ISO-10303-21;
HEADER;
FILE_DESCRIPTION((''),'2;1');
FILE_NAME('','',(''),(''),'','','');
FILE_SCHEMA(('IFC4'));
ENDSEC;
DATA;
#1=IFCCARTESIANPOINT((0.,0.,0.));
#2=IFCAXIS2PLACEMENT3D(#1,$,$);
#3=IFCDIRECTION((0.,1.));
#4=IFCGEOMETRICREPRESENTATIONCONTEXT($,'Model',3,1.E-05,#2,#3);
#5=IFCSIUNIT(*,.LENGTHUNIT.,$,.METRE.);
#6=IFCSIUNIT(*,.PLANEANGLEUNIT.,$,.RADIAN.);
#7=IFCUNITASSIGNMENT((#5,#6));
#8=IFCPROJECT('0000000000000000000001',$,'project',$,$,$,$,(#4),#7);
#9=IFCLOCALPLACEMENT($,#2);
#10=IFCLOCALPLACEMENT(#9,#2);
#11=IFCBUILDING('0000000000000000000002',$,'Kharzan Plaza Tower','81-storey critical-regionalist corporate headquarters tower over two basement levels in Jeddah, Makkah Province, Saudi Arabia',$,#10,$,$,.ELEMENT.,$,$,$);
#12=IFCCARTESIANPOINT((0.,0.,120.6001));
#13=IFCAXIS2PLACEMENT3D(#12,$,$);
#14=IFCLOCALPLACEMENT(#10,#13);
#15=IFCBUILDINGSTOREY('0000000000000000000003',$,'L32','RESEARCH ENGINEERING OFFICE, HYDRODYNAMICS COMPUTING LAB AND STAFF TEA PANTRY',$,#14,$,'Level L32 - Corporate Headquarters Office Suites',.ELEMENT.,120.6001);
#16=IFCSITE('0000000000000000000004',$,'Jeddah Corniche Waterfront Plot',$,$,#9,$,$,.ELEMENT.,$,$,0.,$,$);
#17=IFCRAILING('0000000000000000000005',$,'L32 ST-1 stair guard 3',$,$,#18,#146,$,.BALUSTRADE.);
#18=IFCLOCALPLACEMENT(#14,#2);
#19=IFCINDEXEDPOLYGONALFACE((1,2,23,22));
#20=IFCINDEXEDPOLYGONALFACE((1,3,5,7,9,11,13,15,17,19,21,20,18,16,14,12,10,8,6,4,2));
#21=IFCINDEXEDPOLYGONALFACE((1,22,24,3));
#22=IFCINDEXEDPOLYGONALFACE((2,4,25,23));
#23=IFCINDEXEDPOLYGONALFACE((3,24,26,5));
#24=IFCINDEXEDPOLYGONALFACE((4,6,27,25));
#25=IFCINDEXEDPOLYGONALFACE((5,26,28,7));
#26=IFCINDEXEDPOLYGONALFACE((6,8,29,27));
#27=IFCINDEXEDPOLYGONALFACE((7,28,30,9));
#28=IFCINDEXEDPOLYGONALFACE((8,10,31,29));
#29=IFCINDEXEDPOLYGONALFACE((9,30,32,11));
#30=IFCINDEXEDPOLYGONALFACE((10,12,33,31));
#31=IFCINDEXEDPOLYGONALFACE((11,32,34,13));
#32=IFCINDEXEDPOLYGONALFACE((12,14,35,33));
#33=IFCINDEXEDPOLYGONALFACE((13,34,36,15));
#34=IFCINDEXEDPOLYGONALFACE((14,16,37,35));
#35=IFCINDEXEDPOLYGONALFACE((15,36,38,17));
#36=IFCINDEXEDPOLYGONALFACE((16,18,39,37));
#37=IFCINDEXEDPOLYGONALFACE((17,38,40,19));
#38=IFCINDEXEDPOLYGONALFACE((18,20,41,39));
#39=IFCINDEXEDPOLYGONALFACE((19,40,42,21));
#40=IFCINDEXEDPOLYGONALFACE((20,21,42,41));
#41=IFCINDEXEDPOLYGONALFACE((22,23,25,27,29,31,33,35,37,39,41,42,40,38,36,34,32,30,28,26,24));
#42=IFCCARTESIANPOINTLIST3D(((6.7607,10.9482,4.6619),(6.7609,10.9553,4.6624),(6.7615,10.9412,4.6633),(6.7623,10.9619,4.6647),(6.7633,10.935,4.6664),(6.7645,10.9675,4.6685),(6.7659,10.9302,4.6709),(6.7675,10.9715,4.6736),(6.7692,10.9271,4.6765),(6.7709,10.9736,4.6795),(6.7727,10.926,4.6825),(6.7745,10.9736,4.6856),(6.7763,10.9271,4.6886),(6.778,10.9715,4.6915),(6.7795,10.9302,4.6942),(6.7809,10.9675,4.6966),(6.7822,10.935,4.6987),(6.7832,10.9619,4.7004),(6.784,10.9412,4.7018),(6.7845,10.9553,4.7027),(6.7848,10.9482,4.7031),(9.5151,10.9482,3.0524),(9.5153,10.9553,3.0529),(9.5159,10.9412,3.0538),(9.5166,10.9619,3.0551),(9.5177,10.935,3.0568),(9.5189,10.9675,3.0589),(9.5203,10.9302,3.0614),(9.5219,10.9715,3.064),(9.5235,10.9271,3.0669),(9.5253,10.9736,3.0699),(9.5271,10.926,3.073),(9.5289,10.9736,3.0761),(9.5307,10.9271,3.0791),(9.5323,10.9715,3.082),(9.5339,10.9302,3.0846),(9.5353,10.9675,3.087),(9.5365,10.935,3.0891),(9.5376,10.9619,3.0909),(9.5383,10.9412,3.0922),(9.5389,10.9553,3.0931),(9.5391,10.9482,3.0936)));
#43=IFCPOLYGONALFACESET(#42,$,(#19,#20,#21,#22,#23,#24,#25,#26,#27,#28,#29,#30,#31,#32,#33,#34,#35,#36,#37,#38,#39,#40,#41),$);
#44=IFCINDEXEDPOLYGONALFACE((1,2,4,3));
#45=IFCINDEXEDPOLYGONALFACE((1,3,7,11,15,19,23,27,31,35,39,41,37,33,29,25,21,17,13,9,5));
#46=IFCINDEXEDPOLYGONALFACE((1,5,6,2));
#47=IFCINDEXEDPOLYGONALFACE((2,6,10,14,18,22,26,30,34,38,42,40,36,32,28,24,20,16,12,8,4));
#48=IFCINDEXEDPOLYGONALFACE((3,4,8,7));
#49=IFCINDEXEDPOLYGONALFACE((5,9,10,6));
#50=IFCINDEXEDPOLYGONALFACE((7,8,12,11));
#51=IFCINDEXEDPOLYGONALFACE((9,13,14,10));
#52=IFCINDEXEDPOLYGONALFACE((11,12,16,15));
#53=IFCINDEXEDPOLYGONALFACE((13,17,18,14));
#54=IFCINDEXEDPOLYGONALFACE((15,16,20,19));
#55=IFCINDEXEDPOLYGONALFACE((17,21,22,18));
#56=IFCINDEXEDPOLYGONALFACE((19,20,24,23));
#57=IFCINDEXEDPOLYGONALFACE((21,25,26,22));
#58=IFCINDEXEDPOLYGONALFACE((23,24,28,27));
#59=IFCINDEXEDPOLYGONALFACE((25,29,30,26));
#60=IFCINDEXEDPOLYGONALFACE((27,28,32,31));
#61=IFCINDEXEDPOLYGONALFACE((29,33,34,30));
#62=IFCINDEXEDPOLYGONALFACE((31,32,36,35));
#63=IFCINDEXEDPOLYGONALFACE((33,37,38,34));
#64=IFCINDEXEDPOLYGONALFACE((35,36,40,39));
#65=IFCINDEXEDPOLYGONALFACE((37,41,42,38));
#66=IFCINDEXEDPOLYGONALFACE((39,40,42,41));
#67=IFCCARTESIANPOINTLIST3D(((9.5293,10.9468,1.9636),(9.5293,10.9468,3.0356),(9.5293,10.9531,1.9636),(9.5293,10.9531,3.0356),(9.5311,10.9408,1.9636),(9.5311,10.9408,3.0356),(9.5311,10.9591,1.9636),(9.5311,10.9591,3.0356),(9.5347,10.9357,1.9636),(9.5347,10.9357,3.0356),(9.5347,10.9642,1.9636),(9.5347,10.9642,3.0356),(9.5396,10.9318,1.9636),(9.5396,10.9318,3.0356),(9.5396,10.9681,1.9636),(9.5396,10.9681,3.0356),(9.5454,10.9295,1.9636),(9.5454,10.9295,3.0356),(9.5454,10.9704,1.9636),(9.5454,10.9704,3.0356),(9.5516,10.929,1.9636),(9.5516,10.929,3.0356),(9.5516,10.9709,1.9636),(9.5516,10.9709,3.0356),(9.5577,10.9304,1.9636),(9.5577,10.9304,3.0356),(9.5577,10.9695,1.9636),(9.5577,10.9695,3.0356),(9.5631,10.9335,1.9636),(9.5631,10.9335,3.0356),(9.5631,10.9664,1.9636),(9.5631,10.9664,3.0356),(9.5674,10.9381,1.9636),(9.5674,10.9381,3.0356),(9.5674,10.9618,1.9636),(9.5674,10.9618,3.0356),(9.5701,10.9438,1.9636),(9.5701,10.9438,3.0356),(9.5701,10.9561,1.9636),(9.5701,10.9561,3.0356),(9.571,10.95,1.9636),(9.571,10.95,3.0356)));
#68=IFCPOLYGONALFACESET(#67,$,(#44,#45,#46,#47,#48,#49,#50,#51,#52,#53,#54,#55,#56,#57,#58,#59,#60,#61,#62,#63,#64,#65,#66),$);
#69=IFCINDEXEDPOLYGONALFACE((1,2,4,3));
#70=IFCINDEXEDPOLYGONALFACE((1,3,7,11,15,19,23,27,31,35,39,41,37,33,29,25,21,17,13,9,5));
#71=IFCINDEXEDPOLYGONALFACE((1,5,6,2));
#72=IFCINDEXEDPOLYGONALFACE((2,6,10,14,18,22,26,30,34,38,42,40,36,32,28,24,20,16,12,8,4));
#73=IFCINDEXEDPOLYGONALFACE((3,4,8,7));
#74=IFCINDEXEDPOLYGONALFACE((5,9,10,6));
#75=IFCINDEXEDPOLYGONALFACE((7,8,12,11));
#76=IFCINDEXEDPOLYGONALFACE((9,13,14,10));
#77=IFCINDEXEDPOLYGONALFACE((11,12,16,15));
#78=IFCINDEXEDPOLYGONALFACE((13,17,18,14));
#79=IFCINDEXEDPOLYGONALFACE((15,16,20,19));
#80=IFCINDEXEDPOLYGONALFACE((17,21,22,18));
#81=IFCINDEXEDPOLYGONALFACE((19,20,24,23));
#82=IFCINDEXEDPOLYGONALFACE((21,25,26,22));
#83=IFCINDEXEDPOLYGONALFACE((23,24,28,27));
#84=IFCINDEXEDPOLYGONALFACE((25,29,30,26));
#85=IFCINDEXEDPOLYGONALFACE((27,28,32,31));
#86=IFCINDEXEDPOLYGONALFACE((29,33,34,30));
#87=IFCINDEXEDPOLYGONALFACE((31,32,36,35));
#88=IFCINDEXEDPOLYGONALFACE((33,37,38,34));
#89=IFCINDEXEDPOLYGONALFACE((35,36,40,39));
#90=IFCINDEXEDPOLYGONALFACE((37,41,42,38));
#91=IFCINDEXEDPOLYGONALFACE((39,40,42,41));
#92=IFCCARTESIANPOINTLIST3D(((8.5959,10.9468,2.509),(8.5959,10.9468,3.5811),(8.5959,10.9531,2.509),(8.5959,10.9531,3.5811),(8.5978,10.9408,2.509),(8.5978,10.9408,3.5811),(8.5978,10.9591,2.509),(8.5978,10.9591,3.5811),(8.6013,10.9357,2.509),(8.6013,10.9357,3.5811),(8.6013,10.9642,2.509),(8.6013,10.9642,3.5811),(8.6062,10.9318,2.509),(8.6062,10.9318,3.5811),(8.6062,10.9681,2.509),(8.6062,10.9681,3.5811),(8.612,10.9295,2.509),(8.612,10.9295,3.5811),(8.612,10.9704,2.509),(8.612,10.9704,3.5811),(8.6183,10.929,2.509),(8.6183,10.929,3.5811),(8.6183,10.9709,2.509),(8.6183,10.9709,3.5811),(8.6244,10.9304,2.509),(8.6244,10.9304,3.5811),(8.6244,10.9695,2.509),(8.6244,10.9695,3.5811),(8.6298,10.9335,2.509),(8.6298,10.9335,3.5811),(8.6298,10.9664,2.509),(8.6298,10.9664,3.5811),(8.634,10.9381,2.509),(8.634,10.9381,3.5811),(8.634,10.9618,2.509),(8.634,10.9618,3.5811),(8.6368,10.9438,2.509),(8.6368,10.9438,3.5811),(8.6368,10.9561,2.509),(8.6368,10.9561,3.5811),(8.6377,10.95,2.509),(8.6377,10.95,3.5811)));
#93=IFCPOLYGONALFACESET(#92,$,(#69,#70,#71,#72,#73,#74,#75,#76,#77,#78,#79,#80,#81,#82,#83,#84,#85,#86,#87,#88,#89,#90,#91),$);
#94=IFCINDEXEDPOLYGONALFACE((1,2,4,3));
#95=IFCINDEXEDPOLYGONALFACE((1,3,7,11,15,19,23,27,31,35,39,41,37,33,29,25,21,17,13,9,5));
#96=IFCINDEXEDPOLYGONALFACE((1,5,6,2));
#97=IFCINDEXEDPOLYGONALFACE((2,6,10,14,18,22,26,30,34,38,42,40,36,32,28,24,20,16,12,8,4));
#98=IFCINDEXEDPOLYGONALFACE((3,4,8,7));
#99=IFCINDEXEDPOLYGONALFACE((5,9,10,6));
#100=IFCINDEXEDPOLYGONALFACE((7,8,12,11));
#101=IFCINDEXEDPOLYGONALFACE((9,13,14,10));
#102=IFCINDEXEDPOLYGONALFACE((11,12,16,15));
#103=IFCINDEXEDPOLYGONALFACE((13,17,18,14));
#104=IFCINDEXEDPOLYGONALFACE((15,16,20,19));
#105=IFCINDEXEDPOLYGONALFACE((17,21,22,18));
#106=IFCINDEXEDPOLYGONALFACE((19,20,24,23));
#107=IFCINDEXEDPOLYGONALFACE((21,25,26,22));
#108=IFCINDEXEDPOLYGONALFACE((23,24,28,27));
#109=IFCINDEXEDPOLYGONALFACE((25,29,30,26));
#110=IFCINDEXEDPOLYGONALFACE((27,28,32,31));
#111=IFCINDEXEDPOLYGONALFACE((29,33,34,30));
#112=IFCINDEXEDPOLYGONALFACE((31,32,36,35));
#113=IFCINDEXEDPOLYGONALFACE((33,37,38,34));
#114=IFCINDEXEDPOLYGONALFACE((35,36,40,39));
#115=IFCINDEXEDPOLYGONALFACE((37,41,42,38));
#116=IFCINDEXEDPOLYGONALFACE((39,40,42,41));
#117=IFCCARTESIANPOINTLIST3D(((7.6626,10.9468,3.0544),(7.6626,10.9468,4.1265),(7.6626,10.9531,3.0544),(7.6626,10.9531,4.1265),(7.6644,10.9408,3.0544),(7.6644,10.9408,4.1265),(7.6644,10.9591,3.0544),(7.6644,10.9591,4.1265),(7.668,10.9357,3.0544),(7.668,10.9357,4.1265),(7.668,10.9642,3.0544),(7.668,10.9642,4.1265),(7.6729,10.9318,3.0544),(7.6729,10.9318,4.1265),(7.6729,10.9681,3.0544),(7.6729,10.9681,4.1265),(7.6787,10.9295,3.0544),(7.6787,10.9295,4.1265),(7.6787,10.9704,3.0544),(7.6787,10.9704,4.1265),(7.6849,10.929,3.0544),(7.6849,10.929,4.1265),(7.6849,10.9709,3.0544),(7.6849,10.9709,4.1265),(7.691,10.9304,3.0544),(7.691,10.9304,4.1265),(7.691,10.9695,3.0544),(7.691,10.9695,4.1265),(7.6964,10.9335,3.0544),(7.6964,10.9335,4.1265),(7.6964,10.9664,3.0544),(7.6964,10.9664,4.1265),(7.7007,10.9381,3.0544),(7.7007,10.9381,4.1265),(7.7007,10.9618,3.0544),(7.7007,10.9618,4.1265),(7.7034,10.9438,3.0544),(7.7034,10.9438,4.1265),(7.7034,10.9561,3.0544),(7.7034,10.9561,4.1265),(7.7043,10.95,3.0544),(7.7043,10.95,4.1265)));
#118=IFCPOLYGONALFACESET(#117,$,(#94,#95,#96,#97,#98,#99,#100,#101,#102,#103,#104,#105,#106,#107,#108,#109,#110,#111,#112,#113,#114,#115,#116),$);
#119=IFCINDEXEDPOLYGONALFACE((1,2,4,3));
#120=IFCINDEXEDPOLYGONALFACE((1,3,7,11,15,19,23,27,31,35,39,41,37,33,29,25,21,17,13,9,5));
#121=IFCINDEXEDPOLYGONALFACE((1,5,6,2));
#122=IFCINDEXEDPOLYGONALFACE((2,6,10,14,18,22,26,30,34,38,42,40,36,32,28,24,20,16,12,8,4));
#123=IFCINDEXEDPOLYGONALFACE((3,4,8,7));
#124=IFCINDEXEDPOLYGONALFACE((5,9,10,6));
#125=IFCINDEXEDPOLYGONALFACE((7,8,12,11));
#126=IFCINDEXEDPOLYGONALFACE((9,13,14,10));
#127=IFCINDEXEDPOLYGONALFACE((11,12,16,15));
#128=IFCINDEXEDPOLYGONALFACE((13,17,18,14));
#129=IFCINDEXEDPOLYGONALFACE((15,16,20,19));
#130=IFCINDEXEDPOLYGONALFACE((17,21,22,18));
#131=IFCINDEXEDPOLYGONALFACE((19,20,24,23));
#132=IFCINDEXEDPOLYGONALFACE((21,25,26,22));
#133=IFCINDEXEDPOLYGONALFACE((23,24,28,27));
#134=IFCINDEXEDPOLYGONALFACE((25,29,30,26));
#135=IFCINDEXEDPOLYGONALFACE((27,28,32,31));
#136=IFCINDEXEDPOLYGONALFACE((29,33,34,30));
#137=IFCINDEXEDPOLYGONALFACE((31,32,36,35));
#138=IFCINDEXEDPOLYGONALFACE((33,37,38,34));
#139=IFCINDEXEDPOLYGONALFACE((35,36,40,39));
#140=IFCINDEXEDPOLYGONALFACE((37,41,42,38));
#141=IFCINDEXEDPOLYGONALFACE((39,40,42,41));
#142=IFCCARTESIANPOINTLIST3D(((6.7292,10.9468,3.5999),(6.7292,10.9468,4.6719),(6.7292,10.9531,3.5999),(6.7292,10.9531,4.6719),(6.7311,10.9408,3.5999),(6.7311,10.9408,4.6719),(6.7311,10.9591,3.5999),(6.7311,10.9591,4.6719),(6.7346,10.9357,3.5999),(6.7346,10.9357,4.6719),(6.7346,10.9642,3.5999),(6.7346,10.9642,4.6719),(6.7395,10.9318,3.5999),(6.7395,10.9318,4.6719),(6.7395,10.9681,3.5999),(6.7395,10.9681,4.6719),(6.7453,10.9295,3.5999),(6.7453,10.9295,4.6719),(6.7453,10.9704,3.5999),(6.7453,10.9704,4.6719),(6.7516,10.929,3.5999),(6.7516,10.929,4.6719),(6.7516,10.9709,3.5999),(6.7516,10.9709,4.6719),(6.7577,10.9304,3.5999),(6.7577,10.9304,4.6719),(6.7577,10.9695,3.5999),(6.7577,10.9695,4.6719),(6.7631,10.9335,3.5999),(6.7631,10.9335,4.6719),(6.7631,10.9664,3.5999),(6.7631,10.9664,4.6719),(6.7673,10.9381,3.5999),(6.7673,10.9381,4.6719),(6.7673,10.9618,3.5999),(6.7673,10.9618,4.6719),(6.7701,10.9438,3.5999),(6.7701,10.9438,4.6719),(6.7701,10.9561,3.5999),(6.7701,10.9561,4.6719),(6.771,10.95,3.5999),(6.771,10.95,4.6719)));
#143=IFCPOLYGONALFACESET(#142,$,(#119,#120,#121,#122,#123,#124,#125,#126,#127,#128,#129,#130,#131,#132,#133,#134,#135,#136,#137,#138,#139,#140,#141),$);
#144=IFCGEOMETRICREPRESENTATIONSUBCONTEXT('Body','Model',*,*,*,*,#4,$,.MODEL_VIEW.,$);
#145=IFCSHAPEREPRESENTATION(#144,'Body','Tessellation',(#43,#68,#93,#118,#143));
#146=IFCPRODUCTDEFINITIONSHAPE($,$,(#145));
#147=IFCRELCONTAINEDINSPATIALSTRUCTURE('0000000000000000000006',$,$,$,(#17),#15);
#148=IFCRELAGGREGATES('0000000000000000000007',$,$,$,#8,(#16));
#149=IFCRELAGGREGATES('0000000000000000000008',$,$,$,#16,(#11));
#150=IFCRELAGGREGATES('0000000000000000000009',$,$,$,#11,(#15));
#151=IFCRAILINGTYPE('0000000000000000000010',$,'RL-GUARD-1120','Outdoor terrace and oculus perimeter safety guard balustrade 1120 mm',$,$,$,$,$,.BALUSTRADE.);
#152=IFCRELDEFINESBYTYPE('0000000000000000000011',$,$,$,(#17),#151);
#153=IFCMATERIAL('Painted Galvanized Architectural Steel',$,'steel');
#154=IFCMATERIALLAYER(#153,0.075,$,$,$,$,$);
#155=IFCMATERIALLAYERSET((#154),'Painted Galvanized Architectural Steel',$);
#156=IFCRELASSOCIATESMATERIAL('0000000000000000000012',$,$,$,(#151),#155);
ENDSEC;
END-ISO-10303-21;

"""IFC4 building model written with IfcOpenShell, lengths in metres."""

from ifc_helpers import new_model, si_unit, direction, frame, origin, origin_2d, place, context, subcontext, project, spatial, circle, extrude, source, transform, mapped, material, layer, layer_set, type_object, element, save


model = new_model("IFC4")

# Units and contexts
model_context = context("Model", 3, precision=1e-05, world=origin(), true_north=direction((0.0, 1.0)))
body_context = subcontext(model_context, "Body", "Model", "MODEL_VIEW")
ifc_project = project(units=[si_unit("LENGTHUNIT", "METRE"), si_unit("PLANEANGLEUNIT", "RADIAN")], contexts=[model_context])

# Site, building, storey
site_placement = place(None, origin())
site = spatial("IfcSite", under=ifc_project, at=site_placement, Name="Jeddah Corniche Waterfront Plot", CompositionType="ELEMENT", RefElevation=0.0)
building_placement = place(site_placement, origin())
building = spatial("IfcBuilding", under=site, at=building_placement, Name="Kharzan Plaza Tower", Description="81-storey critical-regionalist corporate headquarters tower over two basement levels in Jeddah, Makkah Province, Saudi Arabia", CompositionType="ELEMENT")
storey_placement = place(building_placement, frame((0.0, 0.0, 120.6001)))
storey = spatial("IfcBuildingStorey", under=building, at=storey_placement, Name="L32", Description="RESEARCH ENGINEERING OFFICE, HYDRODYNAMICS COMPUTING LAB AND STAFF TEA PANTRY", LongName="Level L32 - Corporate Headquarters Office Suites", CompositionType="ELEMENT", Elevation=120.6001)

# Railing
ifc_material_1 = material(Name="Painted Galvanized Architectural Steel", Category="steel")
ifc_layer_1 = layer(ifc_material_1, 0.075)
ifc_layer_set_1 = layer_set([ifc_layer_1], Name="Painted Galvanized Architectural Steel")
railing_type_1 = type_object("IfcRailingType", Name="RL-GUARD-1120", Description="Outdoor terrace and oculus perimeter safety guard balustrade 1120 mm", PredefinedType="BALUSTRADE", material=ifc_layer_set_1)
shared_shape_1 = source(origin(), body_context, "Body", "SweptSolid", [
    extrude(circle(Radius=0.0239, at=origin_2d()), frame((-0.0229, 0.0, 1.1094), z_axis=(-0.863394, 0.0, 0.504531), x_axis=(0.0, -1.0, 0.0)), (0.0, 0.0, 1.0), 3.1902),
    extrude(circle(Radius=0.021, at=origin_2d()), origin(), (0.0, 0.0, 1.0), 1.072),
    extrude(circle(Radius=0.021, at=origin_2d()), frame((-0.9333, 0.0, 0.5454)), (0.0, 0.0, 1.0), 1.072),
    extrude(circle(Radius=0.021, at=origin_2d()), frame((-1.8667, 0.0, 1.0908)), (0.0, 0.0, 1.0), 1.072),
    extrude(circle(Radius=0.021, at=origin_2d()), frame((-2.8, 0.0, 1.6362)), (0.0, 0.0, 1.0), 1.072),
])
railing_1_placement = place(storey_placement, frame((9.55, 10.95, 1.9636)))
element("IfcRailing", 1, at=railing_1_placement, inside=storey, type_object=railing_type_1, Name="L32 ST-1 stair guard 3", PredefinedType="BALUSTRADE", context=body_context, shape_type="MappedRepresentation", body=[
    mapped(shared_shape_1, transform((0.0, 0.0, 0.0), x_axis=(1.0, 0.0, 0.0), y_axis=(0.0, 1.0, 0.0), z_axis=(0.0, 0.0, 1.0))),
])

save(model, "model.ifc")
